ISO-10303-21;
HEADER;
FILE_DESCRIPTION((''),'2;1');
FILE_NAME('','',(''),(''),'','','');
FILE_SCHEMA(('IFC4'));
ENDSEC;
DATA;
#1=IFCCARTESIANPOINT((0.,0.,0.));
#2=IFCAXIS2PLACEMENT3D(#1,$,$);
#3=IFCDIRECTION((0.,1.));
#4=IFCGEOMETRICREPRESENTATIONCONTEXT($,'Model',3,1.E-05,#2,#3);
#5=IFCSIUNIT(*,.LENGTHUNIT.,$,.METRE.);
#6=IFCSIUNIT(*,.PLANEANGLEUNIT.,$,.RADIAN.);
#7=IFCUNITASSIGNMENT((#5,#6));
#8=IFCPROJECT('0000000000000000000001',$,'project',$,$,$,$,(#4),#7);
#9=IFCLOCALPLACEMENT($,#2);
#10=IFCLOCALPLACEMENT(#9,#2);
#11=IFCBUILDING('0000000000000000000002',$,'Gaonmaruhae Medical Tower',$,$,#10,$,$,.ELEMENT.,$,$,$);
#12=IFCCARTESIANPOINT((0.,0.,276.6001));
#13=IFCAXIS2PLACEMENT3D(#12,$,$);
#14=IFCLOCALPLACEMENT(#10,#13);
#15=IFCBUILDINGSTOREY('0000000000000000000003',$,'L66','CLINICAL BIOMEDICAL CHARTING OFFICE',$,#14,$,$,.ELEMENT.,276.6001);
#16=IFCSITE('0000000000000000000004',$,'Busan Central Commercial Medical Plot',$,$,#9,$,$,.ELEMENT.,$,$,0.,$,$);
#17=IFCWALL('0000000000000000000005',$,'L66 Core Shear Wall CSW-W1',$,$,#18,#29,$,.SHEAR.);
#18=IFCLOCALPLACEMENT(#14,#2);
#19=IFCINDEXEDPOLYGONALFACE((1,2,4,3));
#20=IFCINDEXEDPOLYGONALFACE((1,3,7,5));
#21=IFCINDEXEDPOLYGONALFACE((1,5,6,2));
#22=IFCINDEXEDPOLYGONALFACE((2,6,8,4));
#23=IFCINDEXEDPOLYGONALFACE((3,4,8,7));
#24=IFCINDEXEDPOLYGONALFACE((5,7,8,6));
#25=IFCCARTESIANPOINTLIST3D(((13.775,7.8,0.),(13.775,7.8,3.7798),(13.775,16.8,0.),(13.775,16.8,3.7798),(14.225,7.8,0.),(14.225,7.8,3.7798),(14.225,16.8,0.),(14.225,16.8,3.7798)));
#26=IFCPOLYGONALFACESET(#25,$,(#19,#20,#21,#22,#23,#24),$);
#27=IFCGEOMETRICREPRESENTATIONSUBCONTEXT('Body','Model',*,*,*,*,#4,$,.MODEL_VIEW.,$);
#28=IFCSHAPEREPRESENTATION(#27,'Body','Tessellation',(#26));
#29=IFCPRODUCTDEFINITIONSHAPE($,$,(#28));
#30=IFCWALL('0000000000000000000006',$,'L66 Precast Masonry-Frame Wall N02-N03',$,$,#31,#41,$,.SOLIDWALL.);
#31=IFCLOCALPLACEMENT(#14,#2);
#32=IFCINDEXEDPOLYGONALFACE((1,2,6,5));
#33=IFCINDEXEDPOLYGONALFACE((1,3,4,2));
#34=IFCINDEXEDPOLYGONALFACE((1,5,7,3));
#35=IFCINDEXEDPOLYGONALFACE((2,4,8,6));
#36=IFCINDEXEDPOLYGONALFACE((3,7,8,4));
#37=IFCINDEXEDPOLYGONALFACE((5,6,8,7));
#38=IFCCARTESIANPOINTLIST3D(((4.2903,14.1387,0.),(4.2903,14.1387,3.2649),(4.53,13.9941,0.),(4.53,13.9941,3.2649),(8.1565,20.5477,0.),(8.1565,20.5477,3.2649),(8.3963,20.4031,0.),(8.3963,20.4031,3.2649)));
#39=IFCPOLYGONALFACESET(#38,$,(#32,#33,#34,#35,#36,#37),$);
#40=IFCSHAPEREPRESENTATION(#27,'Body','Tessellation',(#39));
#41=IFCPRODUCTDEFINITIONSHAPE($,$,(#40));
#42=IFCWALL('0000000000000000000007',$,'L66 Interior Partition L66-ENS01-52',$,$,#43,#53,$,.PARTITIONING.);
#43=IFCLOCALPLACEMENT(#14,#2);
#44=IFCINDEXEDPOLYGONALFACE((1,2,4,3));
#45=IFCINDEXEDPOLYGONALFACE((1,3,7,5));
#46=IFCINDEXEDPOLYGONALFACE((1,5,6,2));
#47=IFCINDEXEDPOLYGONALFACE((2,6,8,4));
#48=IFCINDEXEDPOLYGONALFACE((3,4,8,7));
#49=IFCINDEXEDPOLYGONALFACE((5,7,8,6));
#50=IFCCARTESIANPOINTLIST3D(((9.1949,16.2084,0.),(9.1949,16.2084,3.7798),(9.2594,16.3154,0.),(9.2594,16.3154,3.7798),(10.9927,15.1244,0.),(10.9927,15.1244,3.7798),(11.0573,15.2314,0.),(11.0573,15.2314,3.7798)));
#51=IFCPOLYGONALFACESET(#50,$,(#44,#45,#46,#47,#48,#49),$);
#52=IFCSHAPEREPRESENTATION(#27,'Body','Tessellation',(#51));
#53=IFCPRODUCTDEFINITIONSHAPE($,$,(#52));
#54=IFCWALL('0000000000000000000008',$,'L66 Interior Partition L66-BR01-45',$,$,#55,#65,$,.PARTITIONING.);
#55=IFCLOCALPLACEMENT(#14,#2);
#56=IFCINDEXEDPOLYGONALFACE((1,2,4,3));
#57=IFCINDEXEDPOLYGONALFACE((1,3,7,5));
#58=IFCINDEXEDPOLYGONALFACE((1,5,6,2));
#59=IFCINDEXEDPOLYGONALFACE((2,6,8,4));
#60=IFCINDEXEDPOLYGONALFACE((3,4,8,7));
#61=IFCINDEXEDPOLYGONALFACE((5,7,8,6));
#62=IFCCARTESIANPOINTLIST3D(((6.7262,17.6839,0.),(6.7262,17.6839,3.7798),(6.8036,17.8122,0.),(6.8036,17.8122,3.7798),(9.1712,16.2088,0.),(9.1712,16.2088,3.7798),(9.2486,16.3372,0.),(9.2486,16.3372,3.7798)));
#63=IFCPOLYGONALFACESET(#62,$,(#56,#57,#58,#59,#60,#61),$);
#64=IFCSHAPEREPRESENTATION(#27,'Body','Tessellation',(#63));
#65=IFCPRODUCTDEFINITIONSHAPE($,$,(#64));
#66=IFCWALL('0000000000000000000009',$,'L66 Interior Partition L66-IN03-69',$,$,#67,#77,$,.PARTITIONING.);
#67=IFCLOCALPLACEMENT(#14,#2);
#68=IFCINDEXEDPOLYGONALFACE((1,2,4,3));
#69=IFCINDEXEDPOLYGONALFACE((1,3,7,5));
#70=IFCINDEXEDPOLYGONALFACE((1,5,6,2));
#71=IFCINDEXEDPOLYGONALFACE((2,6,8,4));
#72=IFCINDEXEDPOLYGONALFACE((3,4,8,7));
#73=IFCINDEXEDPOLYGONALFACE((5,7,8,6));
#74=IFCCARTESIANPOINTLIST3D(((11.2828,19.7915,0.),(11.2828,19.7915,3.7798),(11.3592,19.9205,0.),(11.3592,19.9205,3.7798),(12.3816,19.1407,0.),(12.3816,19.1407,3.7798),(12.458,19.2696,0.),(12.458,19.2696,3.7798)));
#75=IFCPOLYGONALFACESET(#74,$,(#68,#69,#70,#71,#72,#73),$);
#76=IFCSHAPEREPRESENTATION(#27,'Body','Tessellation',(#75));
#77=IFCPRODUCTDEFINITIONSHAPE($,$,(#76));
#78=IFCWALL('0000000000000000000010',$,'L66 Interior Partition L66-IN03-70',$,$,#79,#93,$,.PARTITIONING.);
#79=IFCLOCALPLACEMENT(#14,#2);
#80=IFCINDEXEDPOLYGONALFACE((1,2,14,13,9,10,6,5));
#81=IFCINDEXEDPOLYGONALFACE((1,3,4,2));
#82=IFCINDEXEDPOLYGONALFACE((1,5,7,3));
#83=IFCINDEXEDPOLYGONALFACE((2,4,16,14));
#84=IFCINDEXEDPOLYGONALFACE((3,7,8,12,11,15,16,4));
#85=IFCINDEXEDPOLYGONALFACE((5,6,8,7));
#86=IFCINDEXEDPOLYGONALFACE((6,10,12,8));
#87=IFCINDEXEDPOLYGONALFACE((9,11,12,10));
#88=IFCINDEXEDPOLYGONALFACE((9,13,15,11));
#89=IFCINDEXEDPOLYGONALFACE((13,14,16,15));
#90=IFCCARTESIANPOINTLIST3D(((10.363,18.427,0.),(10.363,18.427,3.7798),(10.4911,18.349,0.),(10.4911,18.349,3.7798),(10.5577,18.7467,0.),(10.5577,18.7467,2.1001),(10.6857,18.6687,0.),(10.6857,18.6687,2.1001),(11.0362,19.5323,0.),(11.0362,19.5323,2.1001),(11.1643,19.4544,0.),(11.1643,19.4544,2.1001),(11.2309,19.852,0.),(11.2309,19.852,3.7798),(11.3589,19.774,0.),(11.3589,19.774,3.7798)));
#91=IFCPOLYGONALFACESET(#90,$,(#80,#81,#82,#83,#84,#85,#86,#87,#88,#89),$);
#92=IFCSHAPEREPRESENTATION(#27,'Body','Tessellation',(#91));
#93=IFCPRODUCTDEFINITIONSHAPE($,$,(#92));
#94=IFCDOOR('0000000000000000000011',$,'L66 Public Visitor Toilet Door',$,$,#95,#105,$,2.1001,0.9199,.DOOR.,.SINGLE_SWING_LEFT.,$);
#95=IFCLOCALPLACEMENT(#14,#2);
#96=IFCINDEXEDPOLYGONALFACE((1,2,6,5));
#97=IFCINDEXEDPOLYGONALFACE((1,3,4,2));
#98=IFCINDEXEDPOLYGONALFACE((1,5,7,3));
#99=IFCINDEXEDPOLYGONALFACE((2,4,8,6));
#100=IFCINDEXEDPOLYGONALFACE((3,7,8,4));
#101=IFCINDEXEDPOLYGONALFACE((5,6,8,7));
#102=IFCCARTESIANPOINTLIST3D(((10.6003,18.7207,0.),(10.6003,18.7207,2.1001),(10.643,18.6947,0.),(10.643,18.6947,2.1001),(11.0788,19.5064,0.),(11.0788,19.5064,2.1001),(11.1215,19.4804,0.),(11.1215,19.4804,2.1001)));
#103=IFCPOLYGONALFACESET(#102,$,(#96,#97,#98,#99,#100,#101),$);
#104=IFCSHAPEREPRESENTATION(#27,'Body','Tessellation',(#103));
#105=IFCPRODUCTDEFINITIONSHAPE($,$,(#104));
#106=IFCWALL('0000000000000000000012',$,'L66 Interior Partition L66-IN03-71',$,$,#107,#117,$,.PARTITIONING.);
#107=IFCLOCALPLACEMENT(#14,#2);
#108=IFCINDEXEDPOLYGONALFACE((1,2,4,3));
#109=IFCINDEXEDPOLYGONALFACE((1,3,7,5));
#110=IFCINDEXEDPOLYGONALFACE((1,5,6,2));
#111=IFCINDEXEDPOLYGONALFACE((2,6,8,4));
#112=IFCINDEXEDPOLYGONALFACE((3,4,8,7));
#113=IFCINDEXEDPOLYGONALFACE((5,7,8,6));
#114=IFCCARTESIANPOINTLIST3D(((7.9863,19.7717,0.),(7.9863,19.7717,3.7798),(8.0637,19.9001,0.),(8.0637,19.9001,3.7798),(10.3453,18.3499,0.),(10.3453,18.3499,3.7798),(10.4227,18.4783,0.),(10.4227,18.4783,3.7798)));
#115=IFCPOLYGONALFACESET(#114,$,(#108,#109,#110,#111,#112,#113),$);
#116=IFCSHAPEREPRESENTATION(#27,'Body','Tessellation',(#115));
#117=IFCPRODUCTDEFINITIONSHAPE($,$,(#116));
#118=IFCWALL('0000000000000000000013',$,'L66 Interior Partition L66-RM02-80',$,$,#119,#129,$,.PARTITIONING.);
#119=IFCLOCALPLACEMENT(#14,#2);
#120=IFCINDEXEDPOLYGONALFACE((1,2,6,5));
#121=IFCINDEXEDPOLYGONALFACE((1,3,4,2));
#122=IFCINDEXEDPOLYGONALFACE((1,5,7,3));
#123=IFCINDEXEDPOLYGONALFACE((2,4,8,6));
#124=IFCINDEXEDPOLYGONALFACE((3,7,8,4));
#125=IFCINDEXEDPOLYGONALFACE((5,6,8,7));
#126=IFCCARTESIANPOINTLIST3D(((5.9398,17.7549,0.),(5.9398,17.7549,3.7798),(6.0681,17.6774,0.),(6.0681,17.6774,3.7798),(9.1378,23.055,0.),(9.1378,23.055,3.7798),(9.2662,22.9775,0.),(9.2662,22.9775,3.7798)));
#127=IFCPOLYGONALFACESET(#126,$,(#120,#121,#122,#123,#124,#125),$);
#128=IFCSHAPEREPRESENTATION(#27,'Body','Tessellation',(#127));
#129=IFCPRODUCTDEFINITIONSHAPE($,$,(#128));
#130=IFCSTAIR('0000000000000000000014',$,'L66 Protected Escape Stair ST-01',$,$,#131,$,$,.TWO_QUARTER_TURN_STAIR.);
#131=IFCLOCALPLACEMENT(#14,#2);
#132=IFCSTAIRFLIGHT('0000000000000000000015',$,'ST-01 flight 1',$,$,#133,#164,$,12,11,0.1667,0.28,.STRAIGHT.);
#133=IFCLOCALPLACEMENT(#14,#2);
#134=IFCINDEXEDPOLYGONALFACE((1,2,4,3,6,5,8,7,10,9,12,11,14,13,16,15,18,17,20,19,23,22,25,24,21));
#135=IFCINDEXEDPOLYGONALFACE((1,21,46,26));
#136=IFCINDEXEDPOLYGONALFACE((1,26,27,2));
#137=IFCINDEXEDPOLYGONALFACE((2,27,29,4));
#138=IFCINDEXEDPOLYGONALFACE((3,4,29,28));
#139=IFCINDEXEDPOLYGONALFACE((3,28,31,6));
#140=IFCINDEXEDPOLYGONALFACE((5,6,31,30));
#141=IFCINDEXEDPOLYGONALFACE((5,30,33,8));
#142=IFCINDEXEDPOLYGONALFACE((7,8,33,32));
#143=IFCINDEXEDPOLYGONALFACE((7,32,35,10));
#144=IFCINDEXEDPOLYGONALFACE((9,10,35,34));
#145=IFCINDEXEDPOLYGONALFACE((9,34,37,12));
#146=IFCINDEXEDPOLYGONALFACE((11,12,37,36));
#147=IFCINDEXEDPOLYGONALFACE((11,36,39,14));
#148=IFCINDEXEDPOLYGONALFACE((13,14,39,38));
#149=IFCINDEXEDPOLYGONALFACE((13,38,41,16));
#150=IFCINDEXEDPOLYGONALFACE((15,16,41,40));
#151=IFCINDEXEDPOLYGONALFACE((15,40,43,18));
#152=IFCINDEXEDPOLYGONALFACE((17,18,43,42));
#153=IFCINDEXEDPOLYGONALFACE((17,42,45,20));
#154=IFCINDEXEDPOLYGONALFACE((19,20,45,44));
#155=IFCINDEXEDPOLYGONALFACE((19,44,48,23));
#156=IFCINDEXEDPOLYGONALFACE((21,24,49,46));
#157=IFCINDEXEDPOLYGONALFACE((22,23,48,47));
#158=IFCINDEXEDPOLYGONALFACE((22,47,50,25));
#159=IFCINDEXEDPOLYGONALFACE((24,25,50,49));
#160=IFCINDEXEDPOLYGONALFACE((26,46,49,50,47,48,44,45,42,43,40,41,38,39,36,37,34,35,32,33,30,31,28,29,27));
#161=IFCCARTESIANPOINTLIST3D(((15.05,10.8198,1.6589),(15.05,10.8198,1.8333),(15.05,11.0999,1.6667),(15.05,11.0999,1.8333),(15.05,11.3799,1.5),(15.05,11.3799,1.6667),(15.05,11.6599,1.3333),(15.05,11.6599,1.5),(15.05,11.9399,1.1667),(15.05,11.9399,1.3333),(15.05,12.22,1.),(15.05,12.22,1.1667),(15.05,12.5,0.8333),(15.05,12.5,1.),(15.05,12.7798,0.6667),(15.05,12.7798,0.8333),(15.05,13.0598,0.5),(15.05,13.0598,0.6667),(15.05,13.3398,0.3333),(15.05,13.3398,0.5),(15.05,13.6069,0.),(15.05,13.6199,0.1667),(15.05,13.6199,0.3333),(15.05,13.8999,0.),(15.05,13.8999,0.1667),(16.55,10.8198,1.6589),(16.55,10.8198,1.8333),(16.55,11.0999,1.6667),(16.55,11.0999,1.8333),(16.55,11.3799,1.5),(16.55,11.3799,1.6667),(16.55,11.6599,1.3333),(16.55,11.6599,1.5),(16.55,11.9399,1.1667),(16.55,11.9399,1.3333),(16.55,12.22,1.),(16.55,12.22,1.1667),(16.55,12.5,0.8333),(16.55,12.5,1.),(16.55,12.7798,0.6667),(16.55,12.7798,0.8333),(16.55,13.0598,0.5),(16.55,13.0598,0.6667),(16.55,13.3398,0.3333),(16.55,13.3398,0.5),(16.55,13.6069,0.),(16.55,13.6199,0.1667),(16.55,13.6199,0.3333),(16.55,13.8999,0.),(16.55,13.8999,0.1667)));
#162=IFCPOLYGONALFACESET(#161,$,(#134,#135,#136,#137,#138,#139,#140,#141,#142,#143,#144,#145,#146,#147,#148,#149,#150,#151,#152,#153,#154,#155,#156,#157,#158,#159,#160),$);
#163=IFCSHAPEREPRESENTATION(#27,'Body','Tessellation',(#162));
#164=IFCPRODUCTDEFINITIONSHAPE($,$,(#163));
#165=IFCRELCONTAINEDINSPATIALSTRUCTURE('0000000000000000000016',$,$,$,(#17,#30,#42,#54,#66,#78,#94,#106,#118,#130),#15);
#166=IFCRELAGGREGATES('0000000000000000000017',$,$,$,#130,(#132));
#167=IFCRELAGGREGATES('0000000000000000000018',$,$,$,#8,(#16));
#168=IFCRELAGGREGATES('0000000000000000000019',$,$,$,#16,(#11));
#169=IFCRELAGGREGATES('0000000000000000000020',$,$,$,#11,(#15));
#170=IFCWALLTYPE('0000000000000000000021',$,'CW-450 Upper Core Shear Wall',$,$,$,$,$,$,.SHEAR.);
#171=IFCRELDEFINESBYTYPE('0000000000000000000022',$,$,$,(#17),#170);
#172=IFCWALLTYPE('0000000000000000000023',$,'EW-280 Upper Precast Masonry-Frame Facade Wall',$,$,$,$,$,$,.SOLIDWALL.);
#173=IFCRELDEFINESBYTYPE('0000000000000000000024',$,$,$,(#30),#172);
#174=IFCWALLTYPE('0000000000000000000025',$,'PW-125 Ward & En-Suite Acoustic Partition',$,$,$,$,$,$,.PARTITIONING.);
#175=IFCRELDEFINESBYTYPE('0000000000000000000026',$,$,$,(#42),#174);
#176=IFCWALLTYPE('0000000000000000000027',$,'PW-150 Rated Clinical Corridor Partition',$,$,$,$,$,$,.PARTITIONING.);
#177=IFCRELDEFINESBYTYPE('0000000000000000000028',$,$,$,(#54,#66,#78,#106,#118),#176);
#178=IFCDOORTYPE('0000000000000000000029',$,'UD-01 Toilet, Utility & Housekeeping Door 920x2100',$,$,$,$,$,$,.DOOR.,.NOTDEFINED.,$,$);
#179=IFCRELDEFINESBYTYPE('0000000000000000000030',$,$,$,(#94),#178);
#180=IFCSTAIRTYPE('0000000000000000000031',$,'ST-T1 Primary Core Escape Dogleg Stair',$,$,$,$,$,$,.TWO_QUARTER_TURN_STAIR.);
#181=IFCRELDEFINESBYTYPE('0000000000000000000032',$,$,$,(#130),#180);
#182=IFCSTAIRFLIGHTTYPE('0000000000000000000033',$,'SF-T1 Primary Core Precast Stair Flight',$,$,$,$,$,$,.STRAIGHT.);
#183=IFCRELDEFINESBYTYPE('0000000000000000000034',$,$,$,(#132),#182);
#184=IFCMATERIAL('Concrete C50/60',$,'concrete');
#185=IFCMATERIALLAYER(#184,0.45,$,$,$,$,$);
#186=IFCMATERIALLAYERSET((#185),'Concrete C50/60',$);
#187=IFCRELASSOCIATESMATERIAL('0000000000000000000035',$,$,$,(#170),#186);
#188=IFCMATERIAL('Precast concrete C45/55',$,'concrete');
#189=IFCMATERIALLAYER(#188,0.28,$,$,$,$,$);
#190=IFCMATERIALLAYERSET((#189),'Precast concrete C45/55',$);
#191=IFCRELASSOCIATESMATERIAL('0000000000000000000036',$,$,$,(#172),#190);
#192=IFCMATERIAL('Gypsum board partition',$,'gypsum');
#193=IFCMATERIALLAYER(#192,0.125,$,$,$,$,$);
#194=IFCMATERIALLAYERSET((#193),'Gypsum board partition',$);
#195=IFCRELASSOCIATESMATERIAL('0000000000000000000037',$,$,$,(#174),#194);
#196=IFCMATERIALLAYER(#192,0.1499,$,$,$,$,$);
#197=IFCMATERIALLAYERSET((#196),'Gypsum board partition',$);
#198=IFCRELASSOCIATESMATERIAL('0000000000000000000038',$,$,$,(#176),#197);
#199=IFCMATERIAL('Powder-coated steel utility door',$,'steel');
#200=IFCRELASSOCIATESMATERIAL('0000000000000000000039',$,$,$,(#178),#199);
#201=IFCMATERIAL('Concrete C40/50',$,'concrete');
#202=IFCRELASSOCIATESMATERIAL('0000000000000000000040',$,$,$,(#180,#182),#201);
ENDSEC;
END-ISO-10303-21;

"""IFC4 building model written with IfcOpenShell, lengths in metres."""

from ifc_helpers import new_model, si_unit, direction, frame, frame_2d, origin, place, context, subcontext, project, spatial, polyline, rectangle, outline, extrude, material, layer, layer_set, type_object, element, fill, aggregate, save


model = new_model("IFC4")

# Units and contexts
model_context = context("Model", 3, precision=1e-05, world=origin(), true_north=direction((0.0, 1.0)))
body_context = subcontext(model_context, "Body", "Model", "MODEL_VIEW")
ifc_project = project(units=[si_unit("LENGTHUNIT", "METRE"), si_unit("PLANEANGLEUNIT", "RADIAN")], contexts=[model_context])

# Site, building, storey
site_placement = place(None, origin())
site = spatial("IfcSite", under=ifc_project, at=site_placement, Name="Busan Central Commercial Medical Plot", CompositionType="ELEMENT", RefElevation=0.0)
building_placement = place(site_placement, origin())
building = spatial("IfcBuilding", under=site, at=building_placement, Name="Gaonmaruhae Medical Tower", CompositionType="ELEMENT")
storey_placement = place(building_placement, frame((0.0, 0.0, 276.6001)))
storey = spatial("IfcBuildingStorey", under=building, at=storey_placement, Name="L66", Description="CLINICAL BIOMEDICAL CHARTING OFFICE", CompositionType="ELEMENT", Elevation=276.6001)

# Shared definitions
ifc_material_1 = material(Name="Concrete C50/60", Category="concrete")

# Walls
ifc_layer_1 = layer(ifc_material_1, 0.45)
ifc_layer_set_1 = layer_set([ifc_layer_1], Name="Concrete C50/60")
wall_type_1 = type_object("IfcWallType", Name="CW-450 Upper Core Shear Wall", PredefinedType="SHEAR", material=ifc_layer_set_1)
wall_1_placement = place(storey_placement, frame((14.0, 16.8, 0.0), z_axis=(0.0, 0.0, 1.0), x_axis=(0.0, -1.0, 0.0)))
element("IfcWall", 1, at=wall_1_placement, inside=storey, type_object=wall_type_1, Name="L66 Core Shear Wall CSW-W1", PredefinedType="SHEAR", context=body_context, shape_type="SweptSolid", body=[
    extrude(rectangle(XDim=9.0, YDim=0.45, at=frame_2d((4.5, 0.0))), origin(), (0.0, 0.0, 1.0), 3.7798),
])
ifc_material_2 = material(Name="Precast concrete C45/55", Category="concrete")
ifc_layer_2 = layer(ifc_material_2, 0.28)
ifc_layer_set_2 = layer_set([ifc_layer_2], Name="Precast concrete C45/55")
wall_type_2 = type_object("IfcWallType", Name="EW-280 Upper Precast Masonry-Frame Facade Wall", PredefinedType="SOLIDWALL", material=ifc_layer_set_2)
wall_2_placement = place(storey_placement, frame((4.4102, 14.0664, 0.0), z_axis=(0.0, 0.0, 1.0), x_axis=(0.516543, 0.856262, 0.0)))
element("IfcWall", 2, at=wall_2_placement, inside=storey, type_object=wall_type_2, Name="L66 Precast Masonry-Frame Wall N02-N03", PredefinedType="SOLIDWALL", context=body_context, shape_type="SweptSolid", body=[
    extrude(rectangle(XDim=7.4849, YDim=0.28, at=frame_2d((3.7424, 0.0))), origin(), (0.0, 0.0, 1.0), 3.2649),
])
ifc_material_3 = material(Name="Gypsum board partition", Category="gypsum")
ifc_layer_3 = layer(ifc_material_3, 0.125)
ifc_layer_set_3 = layer_set([ifc_layer_3], Name="Gypsum board partition")
wall_type_3 = type_object("IfcWallType", Name="PW-125 Ward & En-Suite Acoustic Partition", PredefinedType="PARTITIONING", material=ifc_layer_set_3)
wall_3_placement = place(storey_placement, frame((9.2271, 16.262, 0.0), z_axis=(0.0, 0.0, 1.0), x_axis=(0.856383, -0.516342, 0.0)))
element("IfcWall", 3, at=wall_3_placement, inside=storey, type_object=wall_type_3, Name="L66 Interior Partition L66-ENS01-52", PredefinedType="PARTITIONING", context=body_context, shape_type="SweptSolid", body=[
    extrude(rectangle(XDim=2.0994, YDim=0.125, at=frame_2d((1.0498, 0.0))), origin(), (0.0, 0.0, 1.0), 3.7798),
])

# Shared definitions
ifc_layer_4 = layer(ifc_material_3, 0.1499)
ifc_layer_set_4 = layer_set([ifc_layer_4], Name="Gypsum board partition")
wall_type_4 = type_object("IfcWallType", Name="PW-150 Rated Clinical Corridor Partition", PredefinedType="PARTITIONING", material=ifc_layer_set_4)

# Walls
wall_4_placement = place(storey_placement, frame((6.7649, 17.748, 0.0), z_axis=(0.0, 0.0, 1.0), x_axis=(0.856246, -0.516569, 0.0)))
element("IfcWall", 4, at=wall_4_placement, inside=storey, type_object=wall_type_4, Name="L66 Interior Partition L66-BR01-45", PredefinedType="PARTITIONING", context=body_context, shape_type="SweptSolid", body=[
    extrude(rectangle(XDim=2.8555, YDim=0.1499, at=frame_2d((1.4277, 0.0))), origin(), (0.0, 0.0, 1.0), 3.7798),
])
wall_5_placement = place(storey_placement, frame((12.4199, 19.2051, 0.0), z_axis=(0.0, 0.0, 1.0), x_axis=(-0.860397, 0.509624, 0.0)))
element("IfcWall", 5, at=wall_5_placement, inside=storey, type_object=wall_type_4, Name="L66 Interior Partition L66-IN03-69", PredefinedType="PARTITIONING", context=body_context, shape_type="SweptSolid", body=[
    extrude(rectangle(XDim=1.2771, YDim=0.1499, at=frame_2d((0.6387, 0.0))), origin(), (0.0, 0.0, 1.0), 3.7798),
])

# Wall, opening, door
wall_6_placement = place(storey_placement, frame((11.2949, 19.813, 0.0), z_axis=(0.0, 0.0, 1.0), x_axis=(-0.520165, -0.854066, 0.0)))
wall_6 = element("IfcWall", 6, at=wall_6_placement, inside=storey, type_object=wall_type_4, Name="L66 Interior Partition L66-IN03-70", PredefinedType="PARTITIONING", context=body_context, shape_type="SweptSolid", body=[
    extrude(rectangle(XDim=1.6685, YDim=0.1499, at=frame_2d((0.8342, 0.0))), origin(), (0.0, 0.0, 1.0), 3.7798),
])
opening_1_placement = place(wall_6_placement, frame((0.3743, 0.0, 0.0)))
opening_1 = element("IfcOpeningElement", 7, at=opening_1_placement, cuts=wall_6, PredefinedType="OPENING", context=body_context, shape_type="SweptSolid", body=[
    extrude(rectangle(XDim=0.9199, YDim=2.1001, at=frame_2d((0.46, 1.05))), frame((0.0, 0.085, 0.0), z_axis=(0.0, -1.0, 0.0), x_axis=(1.0, 0.0, 0.0)), (0.0, 0.0, 1.0), 0.1699),
])
ifc_material_4 = material(Name="Powder-coated steel utility door", Category="steel")
door_type_1 = type_object("IfcDoorType", Name="UD-01 Toilet, Utility & Housekeeping Door 920x2100", OperationType="NOTDEFINED", PredefinedType="DOOR", material=ifc_material_4)
door_1_placement = place(opening_1_placement, origin())
door_1 = element("IfcDoor", 8, at=door_1_placement, inside=storey, type_object=door_type_1, Name="L66 Public Visitor Toilet Door", OperationType="SINGLE_SWING_LEFT", OverallHeight=2.1001, OverallWidth=0.9199, PredefinedType="DOOR", context=body_context, shape_type="SweptSolid", body=[
    extrude(rectangle(XDim=0.9199, YDim=2.1001, at=frame_2d((0.46, 1.05))), frame((0.0, 0.0249, 0.0), z_axis=(0.0, -1.0, 0.0), x_axis=(1.0, 0.0, 0.0)), (0.0, 0.0, 1.0), 0.05),
])
fill(opening_1, door_1)

# Wall
wall_7_placement = place(storey_placement, frame((10.384, 18.4141, 0.0), z_axis=(0.0, 0.0, 1.0), x_axis=(-0.856467, 0.516202, 0.0)))
element("IfcWall", 9, at=wall_7_placement, inside=storey, type_object=wall_type_4, Name="L66 Interior Partition L66-IN03-71", PredefinedType="PARTITIONING", context=body_context, shape_type="SweptSolid", body=[
    extrude(rectangle(XDim=2.7544, YDim=0.1499, at=frame_2d((1.3772, 0.0))), origin(), (0.0, 0.0, 1.0), 3.7798),
])

# Wall
wall_8_placement = place(storey_placement, frame((6.0039, 17.7161, 0.0), z_axis=(0.0, 0.0, 1.0), x_axis=(0.516629, 0.85621, 0.0)))
element("IfcWall", 10, at=wall_8_placement, inside=storey, type_object=wall_type_4, Name="L66 Interior Partition L66-RM02-80", PredefinedType="PARTITIONING", context=body_context, shape_type="SweptSolid", body=[
    extrude(rectangle(XDim=6.1902, YDim=0.1499, at=frame_2d((3.0952, 0.0))), origin(), (0.0, 0.0, 1.0), 3.7798),
])

# Stair, stair flight
ifc_material_5 = material(Name="Concrete C40/50", Category="concrete")
stair_type = type_object("IfcStairType", Name="ST-T1 Primary Core Escape Dogleg Stair", PredefinedType="TWO_QUARTER_TURN_STAIR", material=ifc_material_5)
stair_placement = place(storey_placement, origin())
stair = element("IfcStair", 11, at=stair_placement, inside=storey, type_object=stair_type, Name="L66 Protected Escape Stair ST-01", PredefinedType="TWO_QUARTER_TURN_STAIR")
stair_flight_type = type_object("IfcStairFlightType", Name="SF-T1 Primary Core Precast Stair Flight", PredefinedType="STRAIGHT", material=ifc_material_5)
stair_flight_placement = place(storey_placement, frame((15.8, 13.8999, 0.0), z_axis=(0.0, 0.0, 1.0), x_axis=(0.0, -1.0, 0.0)))
stair_flight = element("IfcStairFlight", 12, at=stair_flight_placement, type_object=stair_flight_type, Name="ST-01 flight 1", NumberOfRisers=12, NumberOfTreads=11, PredefinedType="STRAIGHT", RiserHeight=0.1667, TreadLength=0.28, context=body_context, shape_type="SweptSolid", body=[
    extrude(outline(polyline([(0.0, 0.0), (0.0, 0.1667), (0.28, 0.1667), (0.28, 0.3333), (0.5601, 0.3333), (0.5601, 0.5), (0.8401, 0.5), (0.8401, 0.6667), (1.1201, 0.6667), (1.1201, 0.8333), (1.3999, 0.8333), (1.3999, 1.0), (1.6799, 1.0), (1.6799, 1.1667), (1.96, 1.1667), (1.96, 1.3333), (2.24, 1.3333), (2.24, 1.5), (2.52, 1.5), (2.52, 1.6667), (2.8, 1.6667), (2.8, 1.8333), (3.0801, 1.8333), (3.0801, 2.0), (3.0801, 1.6589), (0.293, 0.0), (0.0, 0.0)])), frame((0.0, 0.75, 0.0), z_axis=(0.0, -1.0, 0.0), x_axis=(1.0, 0.0, 0.0)), (0.0, 0.0, 1.0), 1.5),
])
aggregate(stair, [stair_flight])

save(model, "model.ifc")
